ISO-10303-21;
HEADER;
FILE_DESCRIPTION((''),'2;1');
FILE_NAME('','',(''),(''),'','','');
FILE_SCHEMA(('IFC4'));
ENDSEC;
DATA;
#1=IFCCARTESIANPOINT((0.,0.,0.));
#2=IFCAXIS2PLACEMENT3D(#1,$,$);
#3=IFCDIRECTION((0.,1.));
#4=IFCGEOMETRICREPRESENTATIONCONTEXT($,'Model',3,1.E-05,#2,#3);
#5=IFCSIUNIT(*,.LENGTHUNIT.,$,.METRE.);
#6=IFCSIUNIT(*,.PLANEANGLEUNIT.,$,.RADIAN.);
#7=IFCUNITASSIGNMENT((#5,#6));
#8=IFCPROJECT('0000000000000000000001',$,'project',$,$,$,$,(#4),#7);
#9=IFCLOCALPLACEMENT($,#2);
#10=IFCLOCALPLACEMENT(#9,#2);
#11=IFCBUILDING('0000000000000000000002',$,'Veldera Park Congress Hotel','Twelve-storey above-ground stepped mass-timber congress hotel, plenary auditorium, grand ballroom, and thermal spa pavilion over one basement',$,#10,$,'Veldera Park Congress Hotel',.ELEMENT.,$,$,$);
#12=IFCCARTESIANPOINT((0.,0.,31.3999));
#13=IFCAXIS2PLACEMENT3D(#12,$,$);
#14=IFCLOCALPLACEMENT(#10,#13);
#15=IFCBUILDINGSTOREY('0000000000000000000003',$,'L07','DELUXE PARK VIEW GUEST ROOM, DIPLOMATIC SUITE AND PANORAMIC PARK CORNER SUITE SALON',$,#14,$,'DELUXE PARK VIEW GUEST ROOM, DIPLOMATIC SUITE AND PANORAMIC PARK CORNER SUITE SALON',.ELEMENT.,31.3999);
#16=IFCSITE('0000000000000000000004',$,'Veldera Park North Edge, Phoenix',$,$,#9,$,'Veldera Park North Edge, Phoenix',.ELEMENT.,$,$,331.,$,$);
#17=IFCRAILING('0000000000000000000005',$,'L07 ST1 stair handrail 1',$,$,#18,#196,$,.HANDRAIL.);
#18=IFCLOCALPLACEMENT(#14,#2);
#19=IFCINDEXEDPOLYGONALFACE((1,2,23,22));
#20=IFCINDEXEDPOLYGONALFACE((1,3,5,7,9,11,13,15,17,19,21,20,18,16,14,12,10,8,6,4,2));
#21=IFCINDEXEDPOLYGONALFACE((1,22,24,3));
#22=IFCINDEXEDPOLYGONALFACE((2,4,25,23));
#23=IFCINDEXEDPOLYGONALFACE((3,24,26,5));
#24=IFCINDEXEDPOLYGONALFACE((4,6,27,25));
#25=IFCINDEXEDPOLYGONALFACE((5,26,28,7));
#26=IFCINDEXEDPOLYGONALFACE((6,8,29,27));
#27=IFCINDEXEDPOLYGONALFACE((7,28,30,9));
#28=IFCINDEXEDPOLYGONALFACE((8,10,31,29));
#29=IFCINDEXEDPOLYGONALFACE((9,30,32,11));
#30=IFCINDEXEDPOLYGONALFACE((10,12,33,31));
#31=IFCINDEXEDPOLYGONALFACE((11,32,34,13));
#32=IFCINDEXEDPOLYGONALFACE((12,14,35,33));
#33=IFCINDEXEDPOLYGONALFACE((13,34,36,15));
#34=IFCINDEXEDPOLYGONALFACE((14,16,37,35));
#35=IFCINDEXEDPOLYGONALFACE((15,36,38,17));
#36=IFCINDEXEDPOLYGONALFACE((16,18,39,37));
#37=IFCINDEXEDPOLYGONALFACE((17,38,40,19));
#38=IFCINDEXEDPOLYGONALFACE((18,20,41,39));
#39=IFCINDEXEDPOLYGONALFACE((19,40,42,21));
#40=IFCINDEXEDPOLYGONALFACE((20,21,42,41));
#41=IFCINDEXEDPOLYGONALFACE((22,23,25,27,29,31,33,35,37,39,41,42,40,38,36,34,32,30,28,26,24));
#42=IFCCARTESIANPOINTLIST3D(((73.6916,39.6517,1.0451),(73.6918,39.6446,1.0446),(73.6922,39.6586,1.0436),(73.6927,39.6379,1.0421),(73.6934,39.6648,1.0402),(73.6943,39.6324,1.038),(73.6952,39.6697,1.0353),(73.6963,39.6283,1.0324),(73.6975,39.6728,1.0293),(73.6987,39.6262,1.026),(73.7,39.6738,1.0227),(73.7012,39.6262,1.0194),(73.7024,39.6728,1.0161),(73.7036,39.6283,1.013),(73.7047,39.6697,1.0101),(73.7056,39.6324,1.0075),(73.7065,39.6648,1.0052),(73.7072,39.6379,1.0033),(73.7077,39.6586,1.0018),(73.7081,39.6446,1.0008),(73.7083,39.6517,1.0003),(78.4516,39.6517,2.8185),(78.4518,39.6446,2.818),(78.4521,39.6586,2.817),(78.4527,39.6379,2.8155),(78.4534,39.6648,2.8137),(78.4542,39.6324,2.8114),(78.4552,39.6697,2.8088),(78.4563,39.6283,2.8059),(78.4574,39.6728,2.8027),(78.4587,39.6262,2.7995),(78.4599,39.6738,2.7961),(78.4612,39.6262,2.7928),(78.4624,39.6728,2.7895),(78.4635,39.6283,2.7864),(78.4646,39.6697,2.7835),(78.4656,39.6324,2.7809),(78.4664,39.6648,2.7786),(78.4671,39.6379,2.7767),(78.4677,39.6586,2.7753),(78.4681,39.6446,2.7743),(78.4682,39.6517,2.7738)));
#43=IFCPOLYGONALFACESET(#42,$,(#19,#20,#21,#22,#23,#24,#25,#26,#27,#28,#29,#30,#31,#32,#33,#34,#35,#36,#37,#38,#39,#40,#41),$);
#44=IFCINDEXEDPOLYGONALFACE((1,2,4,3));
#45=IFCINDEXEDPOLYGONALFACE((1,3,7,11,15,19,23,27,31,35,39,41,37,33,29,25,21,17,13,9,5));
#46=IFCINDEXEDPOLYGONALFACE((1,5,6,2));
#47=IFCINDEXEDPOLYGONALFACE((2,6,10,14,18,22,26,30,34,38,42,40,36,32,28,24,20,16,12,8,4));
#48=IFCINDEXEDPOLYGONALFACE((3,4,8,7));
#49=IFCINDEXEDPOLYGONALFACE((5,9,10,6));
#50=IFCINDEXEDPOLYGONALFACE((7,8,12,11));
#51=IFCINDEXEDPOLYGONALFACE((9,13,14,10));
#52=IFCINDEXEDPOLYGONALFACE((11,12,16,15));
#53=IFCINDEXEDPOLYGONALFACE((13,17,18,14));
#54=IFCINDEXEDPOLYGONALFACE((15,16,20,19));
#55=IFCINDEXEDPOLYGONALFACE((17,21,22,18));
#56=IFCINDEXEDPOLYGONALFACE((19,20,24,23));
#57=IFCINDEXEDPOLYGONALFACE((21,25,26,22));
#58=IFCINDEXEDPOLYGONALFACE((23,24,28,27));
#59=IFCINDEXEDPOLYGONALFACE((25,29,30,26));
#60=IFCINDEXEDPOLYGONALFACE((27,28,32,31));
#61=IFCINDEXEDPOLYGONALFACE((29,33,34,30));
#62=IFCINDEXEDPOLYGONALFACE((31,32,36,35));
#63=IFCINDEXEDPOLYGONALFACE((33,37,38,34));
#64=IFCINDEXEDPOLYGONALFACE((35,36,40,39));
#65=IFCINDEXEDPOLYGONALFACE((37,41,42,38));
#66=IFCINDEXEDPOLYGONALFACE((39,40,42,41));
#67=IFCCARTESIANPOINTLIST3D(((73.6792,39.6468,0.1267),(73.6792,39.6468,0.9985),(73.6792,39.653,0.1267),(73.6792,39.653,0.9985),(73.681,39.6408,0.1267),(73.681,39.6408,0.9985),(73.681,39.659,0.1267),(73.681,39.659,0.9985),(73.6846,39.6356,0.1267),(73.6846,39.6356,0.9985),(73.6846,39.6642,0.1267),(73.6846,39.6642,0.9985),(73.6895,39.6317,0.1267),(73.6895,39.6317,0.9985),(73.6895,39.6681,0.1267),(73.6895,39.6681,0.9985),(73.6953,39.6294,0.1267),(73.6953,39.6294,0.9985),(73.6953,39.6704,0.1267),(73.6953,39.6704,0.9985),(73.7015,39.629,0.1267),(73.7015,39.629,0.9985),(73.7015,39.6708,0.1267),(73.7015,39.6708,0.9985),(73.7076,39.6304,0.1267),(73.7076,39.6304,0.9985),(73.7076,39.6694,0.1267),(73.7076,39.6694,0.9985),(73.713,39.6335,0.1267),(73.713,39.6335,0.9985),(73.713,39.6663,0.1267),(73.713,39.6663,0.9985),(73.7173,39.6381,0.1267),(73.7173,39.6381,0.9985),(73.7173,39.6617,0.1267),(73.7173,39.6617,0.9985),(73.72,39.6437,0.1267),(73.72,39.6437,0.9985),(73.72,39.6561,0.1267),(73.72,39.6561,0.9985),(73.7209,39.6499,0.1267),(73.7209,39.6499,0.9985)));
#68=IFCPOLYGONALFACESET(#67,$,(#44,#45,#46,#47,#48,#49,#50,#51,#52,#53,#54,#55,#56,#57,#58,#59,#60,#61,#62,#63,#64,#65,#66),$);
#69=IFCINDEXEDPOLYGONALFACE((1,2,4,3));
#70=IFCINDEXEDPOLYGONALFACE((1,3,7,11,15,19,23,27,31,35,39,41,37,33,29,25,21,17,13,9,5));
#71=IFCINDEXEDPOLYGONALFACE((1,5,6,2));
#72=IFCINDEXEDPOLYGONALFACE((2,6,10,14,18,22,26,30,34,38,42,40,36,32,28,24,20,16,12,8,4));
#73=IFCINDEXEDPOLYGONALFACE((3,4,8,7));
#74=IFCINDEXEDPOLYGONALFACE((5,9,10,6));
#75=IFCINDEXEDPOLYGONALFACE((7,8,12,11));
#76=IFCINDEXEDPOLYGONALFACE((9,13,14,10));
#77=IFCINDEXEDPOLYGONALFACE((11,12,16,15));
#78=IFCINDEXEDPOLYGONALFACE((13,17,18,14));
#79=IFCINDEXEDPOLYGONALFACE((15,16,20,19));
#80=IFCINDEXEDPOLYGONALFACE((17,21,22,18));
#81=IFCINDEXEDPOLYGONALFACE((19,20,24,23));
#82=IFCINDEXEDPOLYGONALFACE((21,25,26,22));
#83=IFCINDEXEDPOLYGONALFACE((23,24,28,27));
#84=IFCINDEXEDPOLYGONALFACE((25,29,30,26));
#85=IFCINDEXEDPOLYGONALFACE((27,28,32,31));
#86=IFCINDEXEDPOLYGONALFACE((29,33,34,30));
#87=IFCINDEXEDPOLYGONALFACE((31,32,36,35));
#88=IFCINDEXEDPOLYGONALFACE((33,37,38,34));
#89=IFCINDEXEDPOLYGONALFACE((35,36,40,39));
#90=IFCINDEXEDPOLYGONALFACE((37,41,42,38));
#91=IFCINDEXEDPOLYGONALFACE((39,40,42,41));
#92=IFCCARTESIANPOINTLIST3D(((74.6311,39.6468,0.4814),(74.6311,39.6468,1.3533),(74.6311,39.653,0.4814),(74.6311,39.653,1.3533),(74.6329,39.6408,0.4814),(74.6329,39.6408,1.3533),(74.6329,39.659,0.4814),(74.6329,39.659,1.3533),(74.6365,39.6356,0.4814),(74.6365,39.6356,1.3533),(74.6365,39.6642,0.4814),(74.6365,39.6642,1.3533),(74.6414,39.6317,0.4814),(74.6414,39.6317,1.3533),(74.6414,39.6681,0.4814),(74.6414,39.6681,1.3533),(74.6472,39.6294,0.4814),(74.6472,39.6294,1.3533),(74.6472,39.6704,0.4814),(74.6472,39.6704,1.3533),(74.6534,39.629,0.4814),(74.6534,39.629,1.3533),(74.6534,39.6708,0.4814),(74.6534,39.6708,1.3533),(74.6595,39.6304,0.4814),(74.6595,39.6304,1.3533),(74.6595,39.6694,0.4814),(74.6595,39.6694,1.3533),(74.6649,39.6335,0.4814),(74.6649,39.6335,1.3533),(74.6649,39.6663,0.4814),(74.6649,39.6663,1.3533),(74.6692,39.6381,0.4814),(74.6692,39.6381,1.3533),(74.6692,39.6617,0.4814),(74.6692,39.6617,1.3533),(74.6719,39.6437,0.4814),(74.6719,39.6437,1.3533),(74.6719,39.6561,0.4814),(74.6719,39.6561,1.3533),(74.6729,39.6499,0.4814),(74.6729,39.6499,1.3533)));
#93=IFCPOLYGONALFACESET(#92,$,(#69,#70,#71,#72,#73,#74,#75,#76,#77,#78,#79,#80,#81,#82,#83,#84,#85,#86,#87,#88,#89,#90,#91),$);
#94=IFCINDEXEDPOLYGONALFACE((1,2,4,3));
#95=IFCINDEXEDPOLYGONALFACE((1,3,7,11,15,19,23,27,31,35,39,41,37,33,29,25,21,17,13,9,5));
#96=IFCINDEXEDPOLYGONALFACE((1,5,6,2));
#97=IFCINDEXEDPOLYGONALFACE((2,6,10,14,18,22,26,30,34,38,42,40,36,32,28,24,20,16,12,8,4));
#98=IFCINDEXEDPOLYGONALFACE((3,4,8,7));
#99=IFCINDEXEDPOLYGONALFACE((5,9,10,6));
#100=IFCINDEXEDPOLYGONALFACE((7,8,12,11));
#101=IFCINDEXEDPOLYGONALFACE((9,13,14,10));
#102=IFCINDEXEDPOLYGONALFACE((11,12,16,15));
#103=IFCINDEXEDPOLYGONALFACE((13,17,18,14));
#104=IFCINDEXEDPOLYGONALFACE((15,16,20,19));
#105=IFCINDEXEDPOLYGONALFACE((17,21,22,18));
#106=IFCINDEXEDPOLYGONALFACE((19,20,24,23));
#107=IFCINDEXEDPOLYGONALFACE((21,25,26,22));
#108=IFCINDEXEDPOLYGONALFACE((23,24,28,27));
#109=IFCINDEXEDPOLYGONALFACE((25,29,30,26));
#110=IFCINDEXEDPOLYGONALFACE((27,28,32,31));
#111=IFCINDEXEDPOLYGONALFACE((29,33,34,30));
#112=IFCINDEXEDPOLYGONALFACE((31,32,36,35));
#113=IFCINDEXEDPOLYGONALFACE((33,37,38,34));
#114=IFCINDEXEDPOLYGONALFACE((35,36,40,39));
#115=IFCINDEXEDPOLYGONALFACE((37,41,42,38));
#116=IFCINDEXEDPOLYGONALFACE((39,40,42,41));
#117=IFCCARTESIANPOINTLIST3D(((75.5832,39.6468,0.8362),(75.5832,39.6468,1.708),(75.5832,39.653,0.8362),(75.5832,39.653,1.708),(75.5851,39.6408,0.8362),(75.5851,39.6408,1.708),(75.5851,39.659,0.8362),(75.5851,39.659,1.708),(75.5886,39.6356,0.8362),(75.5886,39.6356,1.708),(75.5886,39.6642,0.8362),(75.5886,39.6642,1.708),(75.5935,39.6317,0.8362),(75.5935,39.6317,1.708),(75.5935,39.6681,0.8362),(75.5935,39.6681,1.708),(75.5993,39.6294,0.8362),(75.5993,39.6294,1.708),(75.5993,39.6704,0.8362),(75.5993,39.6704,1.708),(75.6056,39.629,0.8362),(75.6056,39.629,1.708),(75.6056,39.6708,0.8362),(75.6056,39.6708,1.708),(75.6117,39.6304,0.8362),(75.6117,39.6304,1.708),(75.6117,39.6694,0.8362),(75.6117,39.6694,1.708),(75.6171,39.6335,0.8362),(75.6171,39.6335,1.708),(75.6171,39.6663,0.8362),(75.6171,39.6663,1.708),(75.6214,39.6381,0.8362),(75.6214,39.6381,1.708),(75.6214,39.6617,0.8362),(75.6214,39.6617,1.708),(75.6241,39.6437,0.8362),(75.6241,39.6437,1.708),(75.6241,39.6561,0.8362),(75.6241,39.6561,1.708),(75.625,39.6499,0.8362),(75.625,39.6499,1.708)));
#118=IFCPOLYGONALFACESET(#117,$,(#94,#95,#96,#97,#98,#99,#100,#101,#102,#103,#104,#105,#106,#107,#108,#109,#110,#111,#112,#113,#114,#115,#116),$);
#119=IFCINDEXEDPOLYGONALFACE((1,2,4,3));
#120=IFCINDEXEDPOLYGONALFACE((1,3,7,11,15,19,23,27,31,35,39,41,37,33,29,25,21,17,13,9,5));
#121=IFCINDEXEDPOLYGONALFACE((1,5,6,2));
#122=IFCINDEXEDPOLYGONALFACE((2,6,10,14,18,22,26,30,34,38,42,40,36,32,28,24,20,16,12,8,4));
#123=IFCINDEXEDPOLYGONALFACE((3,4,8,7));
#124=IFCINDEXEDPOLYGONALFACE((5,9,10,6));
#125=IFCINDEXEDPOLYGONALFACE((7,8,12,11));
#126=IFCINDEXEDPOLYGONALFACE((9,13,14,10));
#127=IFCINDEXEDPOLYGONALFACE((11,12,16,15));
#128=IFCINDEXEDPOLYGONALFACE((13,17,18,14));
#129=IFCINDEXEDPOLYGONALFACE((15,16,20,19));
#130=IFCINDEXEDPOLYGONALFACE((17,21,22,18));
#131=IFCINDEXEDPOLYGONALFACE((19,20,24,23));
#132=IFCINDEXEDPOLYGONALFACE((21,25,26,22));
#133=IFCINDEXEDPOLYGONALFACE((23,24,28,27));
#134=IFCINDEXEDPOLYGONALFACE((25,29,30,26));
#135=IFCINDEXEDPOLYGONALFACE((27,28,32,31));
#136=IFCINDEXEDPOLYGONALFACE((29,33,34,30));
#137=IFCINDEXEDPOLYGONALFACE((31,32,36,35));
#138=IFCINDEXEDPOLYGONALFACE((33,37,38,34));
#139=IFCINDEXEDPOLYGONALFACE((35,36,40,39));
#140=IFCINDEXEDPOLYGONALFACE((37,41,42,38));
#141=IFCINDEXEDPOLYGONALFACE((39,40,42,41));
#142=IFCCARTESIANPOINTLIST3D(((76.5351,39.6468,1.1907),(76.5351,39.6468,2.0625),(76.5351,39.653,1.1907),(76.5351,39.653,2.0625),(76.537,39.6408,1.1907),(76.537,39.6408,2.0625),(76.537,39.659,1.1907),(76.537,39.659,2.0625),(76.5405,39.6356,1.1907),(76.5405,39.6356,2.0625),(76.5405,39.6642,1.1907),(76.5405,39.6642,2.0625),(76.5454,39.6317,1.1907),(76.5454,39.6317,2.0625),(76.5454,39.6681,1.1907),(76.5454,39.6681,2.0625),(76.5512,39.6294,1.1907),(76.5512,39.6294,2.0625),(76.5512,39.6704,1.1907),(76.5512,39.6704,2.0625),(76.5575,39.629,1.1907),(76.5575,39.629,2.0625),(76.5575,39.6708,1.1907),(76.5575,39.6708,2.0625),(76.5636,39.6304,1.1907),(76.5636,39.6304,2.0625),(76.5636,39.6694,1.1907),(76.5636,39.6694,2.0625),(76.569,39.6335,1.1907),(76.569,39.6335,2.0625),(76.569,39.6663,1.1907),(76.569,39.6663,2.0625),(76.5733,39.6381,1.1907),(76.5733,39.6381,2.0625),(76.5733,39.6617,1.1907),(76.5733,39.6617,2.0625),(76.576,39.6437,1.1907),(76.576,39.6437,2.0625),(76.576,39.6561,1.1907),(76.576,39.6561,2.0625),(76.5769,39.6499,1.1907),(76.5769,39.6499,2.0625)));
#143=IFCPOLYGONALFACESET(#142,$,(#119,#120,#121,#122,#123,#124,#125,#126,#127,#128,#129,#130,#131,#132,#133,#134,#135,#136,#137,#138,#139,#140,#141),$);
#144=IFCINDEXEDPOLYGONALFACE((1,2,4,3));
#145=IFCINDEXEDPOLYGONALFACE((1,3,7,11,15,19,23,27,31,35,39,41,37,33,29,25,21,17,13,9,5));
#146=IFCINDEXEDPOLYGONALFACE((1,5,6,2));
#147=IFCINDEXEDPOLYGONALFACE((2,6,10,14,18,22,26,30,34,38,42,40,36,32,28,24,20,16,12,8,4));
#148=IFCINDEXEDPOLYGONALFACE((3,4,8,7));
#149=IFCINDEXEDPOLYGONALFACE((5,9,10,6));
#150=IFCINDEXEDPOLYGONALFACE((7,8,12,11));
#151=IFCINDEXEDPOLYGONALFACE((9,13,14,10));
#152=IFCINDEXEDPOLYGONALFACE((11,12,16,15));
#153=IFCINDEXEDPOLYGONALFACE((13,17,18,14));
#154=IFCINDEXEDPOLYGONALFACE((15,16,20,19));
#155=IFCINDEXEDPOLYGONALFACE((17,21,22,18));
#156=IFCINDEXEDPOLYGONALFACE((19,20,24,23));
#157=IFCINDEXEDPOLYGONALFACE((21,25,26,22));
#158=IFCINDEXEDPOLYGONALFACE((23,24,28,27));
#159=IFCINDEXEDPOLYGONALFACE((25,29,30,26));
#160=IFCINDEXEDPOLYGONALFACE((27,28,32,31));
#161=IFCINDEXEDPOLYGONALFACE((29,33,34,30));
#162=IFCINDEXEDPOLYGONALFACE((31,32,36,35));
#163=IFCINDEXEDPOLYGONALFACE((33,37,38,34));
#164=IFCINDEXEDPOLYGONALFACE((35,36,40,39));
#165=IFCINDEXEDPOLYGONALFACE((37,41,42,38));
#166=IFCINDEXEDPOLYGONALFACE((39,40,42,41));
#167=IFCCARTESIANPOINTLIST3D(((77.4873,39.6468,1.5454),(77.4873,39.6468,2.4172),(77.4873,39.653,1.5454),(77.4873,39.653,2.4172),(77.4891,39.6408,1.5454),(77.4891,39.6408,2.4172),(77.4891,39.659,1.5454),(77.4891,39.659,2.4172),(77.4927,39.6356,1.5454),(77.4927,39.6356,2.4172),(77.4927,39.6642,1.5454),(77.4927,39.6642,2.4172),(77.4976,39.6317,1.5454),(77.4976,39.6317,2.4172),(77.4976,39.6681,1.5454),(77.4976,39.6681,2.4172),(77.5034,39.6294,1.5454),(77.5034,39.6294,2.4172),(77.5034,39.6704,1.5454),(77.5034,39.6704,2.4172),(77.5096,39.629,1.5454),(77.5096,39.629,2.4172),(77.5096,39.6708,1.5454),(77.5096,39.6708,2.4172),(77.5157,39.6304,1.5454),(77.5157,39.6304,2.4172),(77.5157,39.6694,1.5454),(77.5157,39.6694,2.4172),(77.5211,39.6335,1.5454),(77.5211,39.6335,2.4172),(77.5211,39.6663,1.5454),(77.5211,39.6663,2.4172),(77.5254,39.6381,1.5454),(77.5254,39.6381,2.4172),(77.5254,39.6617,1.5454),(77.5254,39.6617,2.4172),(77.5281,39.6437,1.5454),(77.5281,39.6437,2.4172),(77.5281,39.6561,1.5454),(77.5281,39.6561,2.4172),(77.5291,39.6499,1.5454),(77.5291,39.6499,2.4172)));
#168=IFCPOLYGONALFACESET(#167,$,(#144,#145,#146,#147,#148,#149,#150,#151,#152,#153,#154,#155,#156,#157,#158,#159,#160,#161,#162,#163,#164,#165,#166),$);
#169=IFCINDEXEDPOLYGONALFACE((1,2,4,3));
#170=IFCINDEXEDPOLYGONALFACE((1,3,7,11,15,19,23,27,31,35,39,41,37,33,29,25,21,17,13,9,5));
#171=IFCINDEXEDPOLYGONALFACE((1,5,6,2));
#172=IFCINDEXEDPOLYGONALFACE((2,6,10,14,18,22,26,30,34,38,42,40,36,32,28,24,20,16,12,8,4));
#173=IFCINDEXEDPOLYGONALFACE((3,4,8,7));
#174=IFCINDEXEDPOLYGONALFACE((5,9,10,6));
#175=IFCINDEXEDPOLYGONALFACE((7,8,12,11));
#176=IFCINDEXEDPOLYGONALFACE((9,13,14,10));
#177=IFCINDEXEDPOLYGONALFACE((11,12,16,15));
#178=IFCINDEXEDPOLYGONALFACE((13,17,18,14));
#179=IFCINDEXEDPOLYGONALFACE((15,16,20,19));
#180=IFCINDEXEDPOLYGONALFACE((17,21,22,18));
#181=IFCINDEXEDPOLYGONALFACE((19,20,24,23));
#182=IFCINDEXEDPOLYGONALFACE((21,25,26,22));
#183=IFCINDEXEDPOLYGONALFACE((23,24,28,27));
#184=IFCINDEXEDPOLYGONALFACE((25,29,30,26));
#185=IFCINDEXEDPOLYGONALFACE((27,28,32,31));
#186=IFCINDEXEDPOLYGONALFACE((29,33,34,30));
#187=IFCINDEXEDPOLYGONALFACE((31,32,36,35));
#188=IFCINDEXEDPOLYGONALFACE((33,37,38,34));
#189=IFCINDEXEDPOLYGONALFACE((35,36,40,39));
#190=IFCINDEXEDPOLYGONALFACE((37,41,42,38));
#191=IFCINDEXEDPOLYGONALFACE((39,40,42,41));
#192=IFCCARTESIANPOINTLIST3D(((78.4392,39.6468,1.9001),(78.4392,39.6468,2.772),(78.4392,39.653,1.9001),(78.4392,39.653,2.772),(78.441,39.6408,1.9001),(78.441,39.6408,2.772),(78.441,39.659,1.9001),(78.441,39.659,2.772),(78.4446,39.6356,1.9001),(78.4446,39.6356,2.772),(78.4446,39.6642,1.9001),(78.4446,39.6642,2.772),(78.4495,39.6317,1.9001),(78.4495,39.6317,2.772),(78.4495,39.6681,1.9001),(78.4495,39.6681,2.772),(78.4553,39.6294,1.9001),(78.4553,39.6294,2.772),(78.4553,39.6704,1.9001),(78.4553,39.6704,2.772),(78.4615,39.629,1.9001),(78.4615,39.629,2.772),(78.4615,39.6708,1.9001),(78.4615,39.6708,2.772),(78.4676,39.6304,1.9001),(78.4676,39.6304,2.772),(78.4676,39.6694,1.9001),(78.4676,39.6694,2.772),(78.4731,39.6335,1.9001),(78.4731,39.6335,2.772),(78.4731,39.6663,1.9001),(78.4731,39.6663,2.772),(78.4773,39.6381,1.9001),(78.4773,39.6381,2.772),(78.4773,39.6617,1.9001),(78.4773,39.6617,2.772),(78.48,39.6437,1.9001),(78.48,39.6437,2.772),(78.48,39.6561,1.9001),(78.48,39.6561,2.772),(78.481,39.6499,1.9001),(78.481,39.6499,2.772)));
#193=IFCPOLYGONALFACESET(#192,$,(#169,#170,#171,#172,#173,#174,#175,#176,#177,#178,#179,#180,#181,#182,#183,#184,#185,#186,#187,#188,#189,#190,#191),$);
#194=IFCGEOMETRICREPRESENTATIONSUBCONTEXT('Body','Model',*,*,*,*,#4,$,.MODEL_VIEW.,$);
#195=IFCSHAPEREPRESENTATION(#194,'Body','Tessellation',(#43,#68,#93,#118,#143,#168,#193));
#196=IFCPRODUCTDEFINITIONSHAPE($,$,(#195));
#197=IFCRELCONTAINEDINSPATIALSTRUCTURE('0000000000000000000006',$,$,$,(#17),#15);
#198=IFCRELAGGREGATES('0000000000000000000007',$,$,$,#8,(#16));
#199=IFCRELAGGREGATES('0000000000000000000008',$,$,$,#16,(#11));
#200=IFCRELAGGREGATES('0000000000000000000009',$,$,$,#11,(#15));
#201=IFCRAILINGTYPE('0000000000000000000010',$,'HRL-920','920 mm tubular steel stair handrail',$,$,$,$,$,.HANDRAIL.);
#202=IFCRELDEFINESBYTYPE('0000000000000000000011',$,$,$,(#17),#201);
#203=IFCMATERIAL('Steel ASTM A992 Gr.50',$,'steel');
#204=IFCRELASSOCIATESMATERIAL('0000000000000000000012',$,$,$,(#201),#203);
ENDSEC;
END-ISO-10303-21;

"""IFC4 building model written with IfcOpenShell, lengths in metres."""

from ifc_helpers import new_model, si_unit, direction, frame, origin, origin_2d, place, context, subcontext, project, spatial, circle, extrude, material, type_object, element, save


model = new_model("IFC4")

# Units and contexts
model_context = context("Model", 3, precision=1e-05, world=origin(), true_north=direction((0.0, 1.0)))
body_context = subcontext(model_context, "Body", "Model", "MODEL_VIEW")
ifc_project = project(units=[si_unit("LENGTHUNIT", "METRE"), si_unit("PLANEANGLEUNIT", "RADIAN")], contexts=[model_context])

# Site, building, storey
site_placement = place(None, origin())
site = spatial("IfcSite", under=ifc_project, at=site_placement, Name="Veldera Park North Edge, Phoenix", LongName="Veldera Park North Edge, Phoenix", CompositionType="ELEMENT", RefElevation=331.0)
building_placement = place(site_placement, origin())
building = spatial("IfcBuilding", under=site, at=building_placement, Name="Veldera Park Congress Hotel", Description="Twelve-storey above-ground stepped mass-timber congress hotel, plenary auditorium, grand ballroom, and thermal spa pavilion over one basement", LongName="Veldera Park Congress Hotel", CompositionType="ELEMENT")
storey_placement = place(building_placement, frame((0.0, 0.0, 31.3999)))
storey = spatial("IfcBuildingStorey", under=building, at=storey_placement, Name="L07", Description="DELUXE PARK VIEW GUEST ROOM, DIPLOMATIC SUITE AND PANORAMIC PARK CORNER SUITE SALON", LongName="DELUXE PARK VIEW GUEST ROOM, DIPLOMATIC SUITE AND PANORAMIC PARK CORNER SUITE SALON", CompositionType="ELEMENT", Elevation=31.3999)

# Railing
ifc_material_1 = material(Name="Steel ASTM A992 Gr.50", Category="steel")
railing_type_1 = type_object("IfcRailingType", Name="HRL-920", Description="920 mm tubular steel stair handrail", PredefinedType="HANDRAIL", material=ifc_material_1)
railing_1_placement = place(storey_placement, frame((73.7, 39.6499, 0.1267)))
element("IfcRailing", 1, at=railing_1_placement, inside=storey, type_object=railing_type_1, Name="L07 ST1 stair handrail 1", PredefinedType="HANDRAIL", context=body_context, shape_type="SweptSolid", body=[
    extrude(circle(Radius=0.0239, at=origin_2d()), frame((0.0, 0.0, 0.896), z_axis=(0.937076, 0.0, 0.349126), x_axis=(0.0, 1.0, 0.0)), (0.0, 0.0, 1.0), 5.0796),
    extrude(circle(Radius=0.021, at=origin_2d()), origin(), (0.0, 0.0, 1.0), 0.8718),
    extrude(circle(Radius=0.021, at=origin_2d()), frame((0.9519, 0.0, 0.3547)), (0.0, 0.0, 1.0), 0.8718),
    extrude(circle(Radius=0.021, at=origin_2d()), frame((1.9041, 0.0, 0.7095)), (0.0, 0.0, 1.0), 0.8718),
    extrude(circle(Radius=0.021, at=origin_2d()), frame((2.856, 0.0, 1.064)), (0.0, 0.0, 1.0), 0.8718),
    extrude(circle(Radius=0.021, at=origin_2d()), frame((3.8081, 0.0, 1.4187)), (0.0, 0.0, 1.0), 0.8718),
    extrude(circle(Radius=0.021, at=origin_2d()), frame((4.76, 0.0, 1.7734)), (0.0, 0.0, 1.0), 0.8718),
])

save(model, "model.ifc")
